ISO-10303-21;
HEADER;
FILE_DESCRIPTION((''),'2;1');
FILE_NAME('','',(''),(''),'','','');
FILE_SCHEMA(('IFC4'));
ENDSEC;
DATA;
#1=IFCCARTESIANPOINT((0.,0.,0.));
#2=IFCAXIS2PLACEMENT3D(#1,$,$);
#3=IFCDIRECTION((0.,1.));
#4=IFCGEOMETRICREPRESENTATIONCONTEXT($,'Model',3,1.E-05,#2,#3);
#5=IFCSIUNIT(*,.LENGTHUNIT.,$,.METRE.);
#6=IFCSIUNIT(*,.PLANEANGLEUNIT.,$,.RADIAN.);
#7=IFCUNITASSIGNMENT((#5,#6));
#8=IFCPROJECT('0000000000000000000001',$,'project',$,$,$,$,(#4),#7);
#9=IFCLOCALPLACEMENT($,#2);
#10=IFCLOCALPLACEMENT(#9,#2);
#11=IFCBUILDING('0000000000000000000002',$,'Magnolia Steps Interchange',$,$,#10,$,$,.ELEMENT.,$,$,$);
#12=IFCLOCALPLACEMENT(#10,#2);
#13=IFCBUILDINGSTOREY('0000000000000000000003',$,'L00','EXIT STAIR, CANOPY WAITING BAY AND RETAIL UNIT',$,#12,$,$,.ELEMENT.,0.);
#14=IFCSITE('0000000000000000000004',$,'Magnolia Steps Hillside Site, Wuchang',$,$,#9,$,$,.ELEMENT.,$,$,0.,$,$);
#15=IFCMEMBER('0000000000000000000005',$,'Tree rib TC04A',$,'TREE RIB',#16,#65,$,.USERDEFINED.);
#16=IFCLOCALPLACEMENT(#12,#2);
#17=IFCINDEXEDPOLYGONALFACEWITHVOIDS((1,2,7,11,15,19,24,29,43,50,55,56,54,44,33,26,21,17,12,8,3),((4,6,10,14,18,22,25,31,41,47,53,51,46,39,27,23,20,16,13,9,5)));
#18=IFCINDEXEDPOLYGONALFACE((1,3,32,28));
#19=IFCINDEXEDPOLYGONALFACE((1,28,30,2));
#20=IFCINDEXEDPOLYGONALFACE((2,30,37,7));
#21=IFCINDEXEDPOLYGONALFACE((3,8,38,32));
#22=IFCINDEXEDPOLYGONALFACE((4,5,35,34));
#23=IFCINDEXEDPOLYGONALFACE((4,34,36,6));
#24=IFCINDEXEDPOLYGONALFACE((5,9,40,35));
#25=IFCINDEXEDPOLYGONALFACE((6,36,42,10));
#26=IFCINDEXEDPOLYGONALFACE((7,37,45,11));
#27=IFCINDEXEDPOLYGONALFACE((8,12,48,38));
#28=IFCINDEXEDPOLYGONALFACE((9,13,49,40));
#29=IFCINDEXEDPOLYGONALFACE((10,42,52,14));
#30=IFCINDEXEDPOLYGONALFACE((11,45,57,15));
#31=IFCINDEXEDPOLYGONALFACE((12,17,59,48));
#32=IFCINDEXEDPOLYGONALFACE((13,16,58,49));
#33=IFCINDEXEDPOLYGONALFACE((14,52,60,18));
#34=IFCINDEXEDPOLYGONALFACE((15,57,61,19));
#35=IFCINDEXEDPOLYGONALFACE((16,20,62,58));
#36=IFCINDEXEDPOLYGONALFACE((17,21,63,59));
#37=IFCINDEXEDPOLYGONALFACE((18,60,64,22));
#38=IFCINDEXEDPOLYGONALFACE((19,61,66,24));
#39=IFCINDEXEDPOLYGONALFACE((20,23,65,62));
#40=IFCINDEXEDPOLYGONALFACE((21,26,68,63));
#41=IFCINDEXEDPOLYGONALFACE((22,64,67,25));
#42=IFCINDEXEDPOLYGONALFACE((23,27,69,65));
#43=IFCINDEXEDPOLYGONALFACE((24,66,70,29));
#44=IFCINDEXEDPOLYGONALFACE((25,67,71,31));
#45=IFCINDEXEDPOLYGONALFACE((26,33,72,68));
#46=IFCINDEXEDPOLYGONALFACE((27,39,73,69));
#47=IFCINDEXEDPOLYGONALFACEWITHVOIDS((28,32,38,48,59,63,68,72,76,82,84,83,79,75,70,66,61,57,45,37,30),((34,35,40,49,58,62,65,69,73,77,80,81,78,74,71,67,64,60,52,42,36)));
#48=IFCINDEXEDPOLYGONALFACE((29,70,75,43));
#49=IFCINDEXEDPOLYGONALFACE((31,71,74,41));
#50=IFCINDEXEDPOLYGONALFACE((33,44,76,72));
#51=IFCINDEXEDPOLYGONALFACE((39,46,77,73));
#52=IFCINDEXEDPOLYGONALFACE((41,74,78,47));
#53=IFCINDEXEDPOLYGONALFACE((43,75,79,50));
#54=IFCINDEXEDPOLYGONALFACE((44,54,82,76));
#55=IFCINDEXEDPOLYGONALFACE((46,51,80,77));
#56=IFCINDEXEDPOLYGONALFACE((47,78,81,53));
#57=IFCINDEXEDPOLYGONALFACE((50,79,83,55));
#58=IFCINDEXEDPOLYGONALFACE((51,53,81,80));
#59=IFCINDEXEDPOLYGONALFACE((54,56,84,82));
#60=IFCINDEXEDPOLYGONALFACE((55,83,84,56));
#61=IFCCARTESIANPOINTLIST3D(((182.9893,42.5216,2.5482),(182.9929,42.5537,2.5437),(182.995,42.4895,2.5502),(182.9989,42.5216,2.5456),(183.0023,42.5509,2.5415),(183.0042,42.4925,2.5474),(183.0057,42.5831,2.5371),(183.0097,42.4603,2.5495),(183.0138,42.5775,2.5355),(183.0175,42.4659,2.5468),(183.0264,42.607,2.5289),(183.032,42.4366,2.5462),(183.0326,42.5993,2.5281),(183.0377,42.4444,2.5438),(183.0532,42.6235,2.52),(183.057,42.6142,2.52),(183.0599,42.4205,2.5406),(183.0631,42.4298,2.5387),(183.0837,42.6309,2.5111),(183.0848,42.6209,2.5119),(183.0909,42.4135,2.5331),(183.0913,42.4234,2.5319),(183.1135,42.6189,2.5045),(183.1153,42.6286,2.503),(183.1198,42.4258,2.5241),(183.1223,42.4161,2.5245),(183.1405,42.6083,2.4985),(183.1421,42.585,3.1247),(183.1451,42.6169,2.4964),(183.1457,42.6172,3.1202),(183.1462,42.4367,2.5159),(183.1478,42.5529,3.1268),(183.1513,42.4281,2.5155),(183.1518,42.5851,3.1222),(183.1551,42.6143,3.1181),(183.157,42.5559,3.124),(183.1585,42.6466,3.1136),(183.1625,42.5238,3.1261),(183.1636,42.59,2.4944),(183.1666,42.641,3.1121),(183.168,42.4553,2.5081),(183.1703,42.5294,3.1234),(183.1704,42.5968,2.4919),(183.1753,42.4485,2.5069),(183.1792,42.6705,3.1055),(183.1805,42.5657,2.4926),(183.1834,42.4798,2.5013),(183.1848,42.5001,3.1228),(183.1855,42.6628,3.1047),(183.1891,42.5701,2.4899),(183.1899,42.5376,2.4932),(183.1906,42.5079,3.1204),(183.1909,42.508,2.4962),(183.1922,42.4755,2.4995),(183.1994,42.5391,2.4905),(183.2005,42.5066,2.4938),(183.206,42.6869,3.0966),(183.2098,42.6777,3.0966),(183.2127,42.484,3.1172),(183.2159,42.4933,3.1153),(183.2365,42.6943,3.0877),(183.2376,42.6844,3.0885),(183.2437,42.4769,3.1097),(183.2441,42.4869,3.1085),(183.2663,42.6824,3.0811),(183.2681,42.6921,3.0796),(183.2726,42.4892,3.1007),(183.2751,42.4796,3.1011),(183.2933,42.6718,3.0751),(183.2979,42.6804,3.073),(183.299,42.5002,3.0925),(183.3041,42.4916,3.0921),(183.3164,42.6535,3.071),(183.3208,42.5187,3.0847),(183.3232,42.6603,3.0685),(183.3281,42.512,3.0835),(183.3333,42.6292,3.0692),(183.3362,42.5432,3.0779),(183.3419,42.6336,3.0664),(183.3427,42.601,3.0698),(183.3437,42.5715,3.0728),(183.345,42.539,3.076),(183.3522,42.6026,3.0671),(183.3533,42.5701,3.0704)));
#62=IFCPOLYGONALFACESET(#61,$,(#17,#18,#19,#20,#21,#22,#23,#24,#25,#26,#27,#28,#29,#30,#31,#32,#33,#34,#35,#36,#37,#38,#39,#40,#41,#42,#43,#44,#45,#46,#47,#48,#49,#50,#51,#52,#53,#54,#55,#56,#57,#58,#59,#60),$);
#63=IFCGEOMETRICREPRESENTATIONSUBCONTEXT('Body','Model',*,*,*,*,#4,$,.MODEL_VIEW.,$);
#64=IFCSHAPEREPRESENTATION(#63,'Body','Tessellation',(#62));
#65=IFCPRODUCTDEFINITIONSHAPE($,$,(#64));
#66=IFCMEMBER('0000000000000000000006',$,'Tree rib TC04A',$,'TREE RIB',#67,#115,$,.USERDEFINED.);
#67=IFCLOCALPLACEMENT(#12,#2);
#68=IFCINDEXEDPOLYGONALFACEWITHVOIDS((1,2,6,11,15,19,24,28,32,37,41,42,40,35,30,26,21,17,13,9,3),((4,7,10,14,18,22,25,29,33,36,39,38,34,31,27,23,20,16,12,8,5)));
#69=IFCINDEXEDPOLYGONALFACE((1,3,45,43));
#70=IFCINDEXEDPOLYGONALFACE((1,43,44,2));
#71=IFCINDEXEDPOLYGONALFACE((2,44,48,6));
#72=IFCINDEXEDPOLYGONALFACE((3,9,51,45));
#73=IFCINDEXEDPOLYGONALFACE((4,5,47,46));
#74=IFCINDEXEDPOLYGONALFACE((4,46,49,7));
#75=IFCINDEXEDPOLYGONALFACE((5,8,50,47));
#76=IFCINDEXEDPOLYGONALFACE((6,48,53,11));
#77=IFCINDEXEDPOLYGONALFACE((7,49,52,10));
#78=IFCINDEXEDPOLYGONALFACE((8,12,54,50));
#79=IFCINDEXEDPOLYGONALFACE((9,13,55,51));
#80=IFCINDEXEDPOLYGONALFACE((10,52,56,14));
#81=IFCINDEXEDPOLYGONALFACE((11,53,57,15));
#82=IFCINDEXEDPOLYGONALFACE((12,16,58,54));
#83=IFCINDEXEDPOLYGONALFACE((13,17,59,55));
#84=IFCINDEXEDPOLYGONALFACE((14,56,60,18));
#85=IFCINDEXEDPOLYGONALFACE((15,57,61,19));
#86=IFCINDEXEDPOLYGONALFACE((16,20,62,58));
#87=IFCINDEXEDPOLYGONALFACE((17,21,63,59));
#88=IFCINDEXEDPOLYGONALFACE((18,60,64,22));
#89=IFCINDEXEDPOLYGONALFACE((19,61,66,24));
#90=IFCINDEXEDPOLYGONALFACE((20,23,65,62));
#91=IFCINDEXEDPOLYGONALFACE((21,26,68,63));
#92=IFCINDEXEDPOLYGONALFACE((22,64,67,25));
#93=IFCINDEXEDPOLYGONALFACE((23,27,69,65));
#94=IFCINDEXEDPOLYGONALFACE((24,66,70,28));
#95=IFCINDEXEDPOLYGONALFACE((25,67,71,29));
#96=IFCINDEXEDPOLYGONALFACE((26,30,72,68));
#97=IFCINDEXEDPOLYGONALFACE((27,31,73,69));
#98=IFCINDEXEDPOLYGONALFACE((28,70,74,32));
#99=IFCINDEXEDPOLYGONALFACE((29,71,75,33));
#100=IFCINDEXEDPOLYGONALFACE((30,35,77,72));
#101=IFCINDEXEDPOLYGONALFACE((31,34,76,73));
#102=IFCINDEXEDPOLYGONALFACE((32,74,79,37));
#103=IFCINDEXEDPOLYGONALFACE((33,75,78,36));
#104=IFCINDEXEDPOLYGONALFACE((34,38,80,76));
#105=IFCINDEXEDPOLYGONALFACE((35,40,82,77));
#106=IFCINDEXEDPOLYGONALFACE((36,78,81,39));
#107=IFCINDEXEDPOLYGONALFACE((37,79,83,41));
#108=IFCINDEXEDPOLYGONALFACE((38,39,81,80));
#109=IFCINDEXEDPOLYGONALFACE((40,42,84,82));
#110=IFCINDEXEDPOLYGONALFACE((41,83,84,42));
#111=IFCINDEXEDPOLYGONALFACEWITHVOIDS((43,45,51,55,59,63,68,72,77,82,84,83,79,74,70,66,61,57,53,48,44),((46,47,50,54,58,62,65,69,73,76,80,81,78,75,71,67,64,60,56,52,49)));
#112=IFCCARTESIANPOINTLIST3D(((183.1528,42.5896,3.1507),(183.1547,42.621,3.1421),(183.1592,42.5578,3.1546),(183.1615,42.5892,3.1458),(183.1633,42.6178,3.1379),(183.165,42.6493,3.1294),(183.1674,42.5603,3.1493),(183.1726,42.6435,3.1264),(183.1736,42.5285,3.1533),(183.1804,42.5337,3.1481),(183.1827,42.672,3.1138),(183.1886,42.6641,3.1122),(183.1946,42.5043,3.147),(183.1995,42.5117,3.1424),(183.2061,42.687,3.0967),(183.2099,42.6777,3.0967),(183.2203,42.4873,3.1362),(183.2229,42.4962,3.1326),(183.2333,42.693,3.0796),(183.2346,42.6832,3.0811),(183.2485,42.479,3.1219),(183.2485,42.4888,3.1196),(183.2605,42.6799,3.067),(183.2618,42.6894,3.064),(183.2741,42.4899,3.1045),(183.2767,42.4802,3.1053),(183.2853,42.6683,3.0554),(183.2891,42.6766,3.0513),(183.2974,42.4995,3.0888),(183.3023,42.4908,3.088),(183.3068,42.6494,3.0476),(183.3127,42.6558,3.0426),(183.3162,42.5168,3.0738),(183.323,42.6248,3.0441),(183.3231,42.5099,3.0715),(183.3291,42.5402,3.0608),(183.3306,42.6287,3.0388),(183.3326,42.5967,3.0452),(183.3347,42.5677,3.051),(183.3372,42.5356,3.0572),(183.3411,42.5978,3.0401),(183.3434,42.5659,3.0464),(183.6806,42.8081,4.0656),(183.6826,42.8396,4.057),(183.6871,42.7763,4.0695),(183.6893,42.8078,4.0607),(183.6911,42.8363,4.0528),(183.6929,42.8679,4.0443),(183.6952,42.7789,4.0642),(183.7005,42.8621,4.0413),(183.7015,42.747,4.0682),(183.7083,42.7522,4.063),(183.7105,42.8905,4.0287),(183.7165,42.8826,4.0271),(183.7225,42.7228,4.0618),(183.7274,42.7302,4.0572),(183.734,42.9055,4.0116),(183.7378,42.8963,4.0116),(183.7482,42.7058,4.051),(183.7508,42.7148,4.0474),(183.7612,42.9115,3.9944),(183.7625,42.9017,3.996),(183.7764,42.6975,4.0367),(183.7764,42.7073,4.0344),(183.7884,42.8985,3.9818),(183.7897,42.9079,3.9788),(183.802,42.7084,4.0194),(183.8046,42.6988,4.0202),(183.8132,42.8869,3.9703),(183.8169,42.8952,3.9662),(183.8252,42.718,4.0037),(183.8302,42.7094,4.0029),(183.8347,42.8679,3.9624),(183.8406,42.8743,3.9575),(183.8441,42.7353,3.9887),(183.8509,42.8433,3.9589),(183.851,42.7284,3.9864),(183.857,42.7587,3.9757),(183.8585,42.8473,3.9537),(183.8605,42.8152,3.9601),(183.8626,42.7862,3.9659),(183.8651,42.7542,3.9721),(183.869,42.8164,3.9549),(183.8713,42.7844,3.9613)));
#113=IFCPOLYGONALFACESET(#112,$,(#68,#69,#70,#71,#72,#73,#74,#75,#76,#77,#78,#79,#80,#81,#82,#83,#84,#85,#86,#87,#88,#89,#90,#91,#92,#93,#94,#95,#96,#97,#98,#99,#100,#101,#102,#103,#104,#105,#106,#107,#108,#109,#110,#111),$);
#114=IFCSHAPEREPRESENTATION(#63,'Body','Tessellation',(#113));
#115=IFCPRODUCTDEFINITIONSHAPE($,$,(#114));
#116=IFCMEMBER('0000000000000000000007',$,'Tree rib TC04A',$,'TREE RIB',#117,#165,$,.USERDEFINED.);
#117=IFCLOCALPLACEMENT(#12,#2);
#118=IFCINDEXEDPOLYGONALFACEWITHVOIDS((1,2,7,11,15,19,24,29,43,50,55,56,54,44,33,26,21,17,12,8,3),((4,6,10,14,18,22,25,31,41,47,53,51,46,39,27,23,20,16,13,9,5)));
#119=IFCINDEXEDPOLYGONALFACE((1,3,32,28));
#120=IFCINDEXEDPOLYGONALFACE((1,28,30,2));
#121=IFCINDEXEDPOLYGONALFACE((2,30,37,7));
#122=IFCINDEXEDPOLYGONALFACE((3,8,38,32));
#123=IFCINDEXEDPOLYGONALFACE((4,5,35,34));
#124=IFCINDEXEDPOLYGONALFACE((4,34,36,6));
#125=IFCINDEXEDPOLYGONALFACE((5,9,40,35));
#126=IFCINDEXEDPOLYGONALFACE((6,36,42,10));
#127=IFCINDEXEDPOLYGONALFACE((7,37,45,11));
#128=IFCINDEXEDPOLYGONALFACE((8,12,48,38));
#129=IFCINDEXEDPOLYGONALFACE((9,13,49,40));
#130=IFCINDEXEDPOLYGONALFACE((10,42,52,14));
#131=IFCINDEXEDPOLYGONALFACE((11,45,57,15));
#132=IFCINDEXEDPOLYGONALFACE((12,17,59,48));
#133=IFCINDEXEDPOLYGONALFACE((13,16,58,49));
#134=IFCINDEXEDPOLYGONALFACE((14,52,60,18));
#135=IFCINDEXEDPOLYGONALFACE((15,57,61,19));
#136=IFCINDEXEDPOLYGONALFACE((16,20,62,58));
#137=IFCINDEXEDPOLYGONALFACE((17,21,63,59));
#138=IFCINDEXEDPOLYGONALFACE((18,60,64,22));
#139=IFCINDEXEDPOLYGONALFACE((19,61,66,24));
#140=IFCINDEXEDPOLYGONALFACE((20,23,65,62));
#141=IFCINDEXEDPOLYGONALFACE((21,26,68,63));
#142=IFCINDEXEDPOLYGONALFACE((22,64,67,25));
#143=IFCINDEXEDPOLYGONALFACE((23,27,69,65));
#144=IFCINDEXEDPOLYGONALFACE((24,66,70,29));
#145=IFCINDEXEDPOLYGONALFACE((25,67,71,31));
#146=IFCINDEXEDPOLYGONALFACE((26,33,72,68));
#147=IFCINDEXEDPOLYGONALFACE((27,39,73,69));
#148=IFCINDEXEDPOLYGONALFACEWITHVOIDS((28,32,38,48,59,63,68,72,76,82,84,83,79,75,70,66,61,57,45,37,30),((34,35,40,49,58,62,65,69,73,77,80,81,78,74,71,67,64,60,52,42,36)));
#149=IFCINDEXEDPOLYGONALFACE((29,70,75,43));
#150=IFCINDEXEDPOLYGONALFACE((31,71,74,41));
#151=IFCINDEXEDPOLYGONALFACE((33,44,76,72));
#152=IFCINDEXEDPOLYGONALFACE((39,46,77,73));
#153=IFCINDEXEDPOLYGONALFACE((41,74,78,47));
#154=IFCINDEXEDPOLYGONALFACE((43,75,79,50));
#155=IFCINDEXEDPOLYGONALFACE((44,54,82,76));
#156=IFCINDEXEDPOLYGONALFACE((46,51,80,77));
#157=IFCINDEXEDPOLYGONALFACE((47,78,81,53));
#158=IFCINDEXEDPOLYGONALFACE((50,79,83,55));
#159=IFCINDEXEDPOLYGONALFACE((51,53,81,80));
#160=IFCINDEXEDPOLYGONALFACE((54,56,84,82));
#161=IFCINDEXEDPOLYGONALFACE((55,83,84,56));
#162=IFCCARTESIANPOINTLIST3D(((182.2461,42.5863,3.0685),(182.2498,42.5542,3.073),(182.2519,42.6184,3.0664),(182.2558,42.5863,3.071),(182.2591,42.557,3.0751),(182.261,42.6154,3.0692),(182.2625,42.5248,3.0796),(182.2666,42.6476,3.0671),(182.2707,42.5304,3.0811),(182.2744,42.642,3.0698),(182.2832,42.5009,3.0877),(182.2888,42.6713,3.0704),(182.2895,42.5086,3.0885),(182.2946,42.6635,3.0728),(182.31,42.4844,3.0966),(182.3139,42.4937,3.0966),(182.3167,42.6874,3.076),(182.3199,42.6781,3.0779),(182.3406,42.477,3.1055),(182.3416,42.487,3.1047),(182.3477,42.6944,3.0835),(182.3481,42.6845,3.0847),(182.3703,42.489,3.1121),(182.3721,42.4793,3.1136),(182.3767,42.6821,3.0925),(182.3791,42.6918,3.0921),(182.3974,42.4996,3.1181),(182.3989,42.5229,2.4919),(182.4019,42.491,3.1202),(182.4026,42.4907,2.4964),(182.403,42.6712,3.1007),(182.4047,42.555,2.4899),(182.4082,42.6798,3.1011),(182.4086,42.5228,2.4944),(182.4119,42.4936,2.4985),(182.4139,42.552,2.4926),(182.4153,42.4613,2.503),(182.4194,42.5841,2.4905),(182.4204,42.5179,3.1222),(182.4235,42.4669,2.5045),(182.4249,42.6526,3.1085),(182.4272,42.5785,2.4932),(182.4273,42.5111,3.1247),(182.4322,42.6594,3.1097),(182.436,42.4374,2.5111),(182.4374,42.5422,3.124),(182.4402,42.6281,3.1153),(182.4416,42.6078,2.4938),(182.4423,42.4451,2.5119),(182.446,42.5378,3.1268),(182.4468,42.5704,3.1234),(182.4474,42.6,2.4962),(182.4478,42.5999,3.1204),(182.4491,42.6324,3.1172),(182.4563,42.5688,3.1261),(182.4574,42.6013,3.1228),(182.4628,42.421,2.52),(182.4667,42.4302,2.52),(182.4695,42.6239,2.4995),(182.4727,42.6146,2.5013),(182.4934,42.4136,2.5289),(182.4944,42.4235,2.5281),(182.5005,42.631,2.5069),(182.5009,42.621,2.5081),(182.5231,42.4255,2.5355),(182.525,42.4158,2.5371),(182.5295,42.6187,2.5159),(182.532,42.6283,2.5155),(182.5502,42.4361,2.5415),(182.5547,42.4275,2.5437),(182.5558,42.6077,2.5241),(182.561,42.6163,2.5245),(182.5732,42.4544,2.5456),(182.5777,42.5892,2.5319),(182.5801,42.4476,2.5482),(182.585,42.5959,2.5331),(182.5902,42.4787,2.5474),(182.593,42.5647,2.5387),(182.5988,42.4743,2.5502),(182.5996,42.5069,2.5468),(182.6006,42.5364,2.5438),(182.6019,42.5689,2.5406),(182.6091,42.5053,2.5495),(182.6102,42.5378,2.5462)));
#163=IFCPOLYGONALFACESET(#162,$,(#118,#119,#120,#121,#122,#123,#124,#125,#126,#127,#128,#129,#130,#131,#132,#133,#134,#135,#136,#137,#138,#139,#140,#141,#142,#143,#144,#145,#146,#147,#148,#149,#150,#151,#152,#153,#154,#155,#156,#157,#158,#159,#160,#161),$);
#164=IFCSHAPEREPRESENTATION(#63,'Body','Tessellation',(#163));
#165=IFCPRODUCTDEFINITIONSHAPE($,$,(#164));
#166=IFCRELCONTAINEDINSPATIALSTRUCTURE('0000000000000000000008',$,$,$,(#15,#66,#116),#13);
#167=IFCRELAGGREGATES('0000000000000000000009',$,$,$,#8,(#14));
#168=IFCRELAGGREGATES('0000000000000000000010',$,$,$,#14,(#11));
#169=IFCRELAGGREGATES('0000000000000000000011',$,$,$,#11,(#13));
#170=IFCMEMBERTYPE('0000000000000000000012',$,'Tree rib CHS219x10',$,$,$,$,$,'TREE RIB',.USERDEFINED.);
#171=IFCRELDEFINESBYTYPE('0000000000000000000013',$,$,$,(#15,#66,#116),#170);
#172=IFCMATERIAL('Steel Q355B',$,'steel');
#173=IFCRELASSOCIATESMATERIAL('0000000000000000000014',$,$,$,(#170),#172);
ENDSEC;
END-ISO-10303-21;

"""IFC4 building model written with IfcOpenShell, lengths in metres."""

from ifc_helpers import new_model, si_unit, direction, frame, origin, origin_2d, place, context, subcontext, project, spatial, hollow_circle, extrude, material, material_profile, profile_set, type_object, element, save


model = new_model("IFC4")

# Units and contexts
model_context = context("Model", 3, precision=1e-05, world=origin(), true_north=direction((0.0, 1.0)))
body_context = subcontext(model_context, "Body", "Model", "MODEL_VIEW")
ifc_project = project(units=[si_unit("LENGTHUNIT", "METRE"), si_unit("PLANEANGLEUNIT", "RADIAN")], contexts=[model_context])

# Site, building, storey
site_placement = place(None, origin())
site = spatial("IfcSite", under=ifc_project, at=site_placement, Name="Magnolia Steps Hillside Site, Wuchang", CompositionType="ELEMENT", RefElevation=0.0)
building_placement = place(site_placement, origin())
building = spatial("IfcBuilding", under=site, at=building_placement, Name="Magnolia Steps Interchange", CompositionType="ELEMENT")
storey_placement = place(building_placement, origin())
storey = spatial("IfcBuildingStorey", under=building, at=storey_placement, Name="L00", Description="EXIT STAIR, CANOPY WAITING BAY AND RETAIL UNIT", CompositionType="ELEMENT", Elevation=0.0)

# Members
ifc_material_1 = material(Name="Steel Q355B", Category="steel")
ifc_material_profile_1 = material_profile(ifc_material_1, hollow_circle(Radius=0.1096, WallThickness=0.01, at=origin_2d()), Name="CHS219x10")
ifc_profile_set_1 = profile_set([ifc_material_profile_1], Name="Steel Q355B")
member_type_1 = type_object("IfcMemberType", Name="Tree rib CHS219x10", ElementType="TREE RIB", PredefinedType="USERDEFINED", material=ifc_profile_set_1)
member_1_placement = place(storey_placement, frame((183.0952, 42.5222, 2.52), z_axis=(0.254747, 0.105805, 0.961202), x_axis=(-0.383568, 0.923513, 0.0)))
element("IfcMember", 1, at=member_1_placement, inside=storey, type_object=member_type_1, Name="Tree rib TC04A", ObjectType="TREE RIB", PredefinedType="USERDEFINED", context=body_context, shape_type="SweptSolid", body=[
    extrude(hollow_circle(Radius=0.1096, WallThickness=0.01, at=origin_2d()), origin(), (0.0, 0.0, 1.0), 0.5999),
])
member_2_placement = place(storey_placement, frame((183.248, 42.5857, 3.0967), z_axis=(0.489405, 0.202598, 0.848196), x_axis=(-0.38249, 0.92396, 0.0)))
element("IfcMember", 2, at=member_2_placement, inside=storey, type_object=member_type_1, Name="Tree rib TC04A", ObjectType="TREE RIB", PredefinedType="USERDEFINED", context=body_context, shape_type="SweptSolid", body=[
    extrude(hollow_circle(Radius=0.1096, WallThickness=0.01, at=origin_2d()), origin(), (0.0, 0.0, 1.0), 1.0786),
])
for number, where, z_axis, x_axis, name in (
    (3, (182.5049, 42.5222, 2.52), (-0.254747, 0.105805, 0.961202), (-0.383568, -0.923513, 0.0), "Tree rib TC04A"),
):
    element("IfcMember", number, at=place(storey_placement, frame(where, z_axis=z_axis, x_axis=x_axis)), inside=storey, type_object=member_type_1, Name=name, ObjectType="TREE RIB", PredefinedType="USERDEFINED", context=body_context, shape_type="SweptSolid", body=[
        extrude(hollow_circle(Radius=0.1096, WallThickness=0.01, at=origin_2d()), origin(), (0.0, 0.0, 1.0), 0.5999),
    ])

save(model, "model.ifc")
